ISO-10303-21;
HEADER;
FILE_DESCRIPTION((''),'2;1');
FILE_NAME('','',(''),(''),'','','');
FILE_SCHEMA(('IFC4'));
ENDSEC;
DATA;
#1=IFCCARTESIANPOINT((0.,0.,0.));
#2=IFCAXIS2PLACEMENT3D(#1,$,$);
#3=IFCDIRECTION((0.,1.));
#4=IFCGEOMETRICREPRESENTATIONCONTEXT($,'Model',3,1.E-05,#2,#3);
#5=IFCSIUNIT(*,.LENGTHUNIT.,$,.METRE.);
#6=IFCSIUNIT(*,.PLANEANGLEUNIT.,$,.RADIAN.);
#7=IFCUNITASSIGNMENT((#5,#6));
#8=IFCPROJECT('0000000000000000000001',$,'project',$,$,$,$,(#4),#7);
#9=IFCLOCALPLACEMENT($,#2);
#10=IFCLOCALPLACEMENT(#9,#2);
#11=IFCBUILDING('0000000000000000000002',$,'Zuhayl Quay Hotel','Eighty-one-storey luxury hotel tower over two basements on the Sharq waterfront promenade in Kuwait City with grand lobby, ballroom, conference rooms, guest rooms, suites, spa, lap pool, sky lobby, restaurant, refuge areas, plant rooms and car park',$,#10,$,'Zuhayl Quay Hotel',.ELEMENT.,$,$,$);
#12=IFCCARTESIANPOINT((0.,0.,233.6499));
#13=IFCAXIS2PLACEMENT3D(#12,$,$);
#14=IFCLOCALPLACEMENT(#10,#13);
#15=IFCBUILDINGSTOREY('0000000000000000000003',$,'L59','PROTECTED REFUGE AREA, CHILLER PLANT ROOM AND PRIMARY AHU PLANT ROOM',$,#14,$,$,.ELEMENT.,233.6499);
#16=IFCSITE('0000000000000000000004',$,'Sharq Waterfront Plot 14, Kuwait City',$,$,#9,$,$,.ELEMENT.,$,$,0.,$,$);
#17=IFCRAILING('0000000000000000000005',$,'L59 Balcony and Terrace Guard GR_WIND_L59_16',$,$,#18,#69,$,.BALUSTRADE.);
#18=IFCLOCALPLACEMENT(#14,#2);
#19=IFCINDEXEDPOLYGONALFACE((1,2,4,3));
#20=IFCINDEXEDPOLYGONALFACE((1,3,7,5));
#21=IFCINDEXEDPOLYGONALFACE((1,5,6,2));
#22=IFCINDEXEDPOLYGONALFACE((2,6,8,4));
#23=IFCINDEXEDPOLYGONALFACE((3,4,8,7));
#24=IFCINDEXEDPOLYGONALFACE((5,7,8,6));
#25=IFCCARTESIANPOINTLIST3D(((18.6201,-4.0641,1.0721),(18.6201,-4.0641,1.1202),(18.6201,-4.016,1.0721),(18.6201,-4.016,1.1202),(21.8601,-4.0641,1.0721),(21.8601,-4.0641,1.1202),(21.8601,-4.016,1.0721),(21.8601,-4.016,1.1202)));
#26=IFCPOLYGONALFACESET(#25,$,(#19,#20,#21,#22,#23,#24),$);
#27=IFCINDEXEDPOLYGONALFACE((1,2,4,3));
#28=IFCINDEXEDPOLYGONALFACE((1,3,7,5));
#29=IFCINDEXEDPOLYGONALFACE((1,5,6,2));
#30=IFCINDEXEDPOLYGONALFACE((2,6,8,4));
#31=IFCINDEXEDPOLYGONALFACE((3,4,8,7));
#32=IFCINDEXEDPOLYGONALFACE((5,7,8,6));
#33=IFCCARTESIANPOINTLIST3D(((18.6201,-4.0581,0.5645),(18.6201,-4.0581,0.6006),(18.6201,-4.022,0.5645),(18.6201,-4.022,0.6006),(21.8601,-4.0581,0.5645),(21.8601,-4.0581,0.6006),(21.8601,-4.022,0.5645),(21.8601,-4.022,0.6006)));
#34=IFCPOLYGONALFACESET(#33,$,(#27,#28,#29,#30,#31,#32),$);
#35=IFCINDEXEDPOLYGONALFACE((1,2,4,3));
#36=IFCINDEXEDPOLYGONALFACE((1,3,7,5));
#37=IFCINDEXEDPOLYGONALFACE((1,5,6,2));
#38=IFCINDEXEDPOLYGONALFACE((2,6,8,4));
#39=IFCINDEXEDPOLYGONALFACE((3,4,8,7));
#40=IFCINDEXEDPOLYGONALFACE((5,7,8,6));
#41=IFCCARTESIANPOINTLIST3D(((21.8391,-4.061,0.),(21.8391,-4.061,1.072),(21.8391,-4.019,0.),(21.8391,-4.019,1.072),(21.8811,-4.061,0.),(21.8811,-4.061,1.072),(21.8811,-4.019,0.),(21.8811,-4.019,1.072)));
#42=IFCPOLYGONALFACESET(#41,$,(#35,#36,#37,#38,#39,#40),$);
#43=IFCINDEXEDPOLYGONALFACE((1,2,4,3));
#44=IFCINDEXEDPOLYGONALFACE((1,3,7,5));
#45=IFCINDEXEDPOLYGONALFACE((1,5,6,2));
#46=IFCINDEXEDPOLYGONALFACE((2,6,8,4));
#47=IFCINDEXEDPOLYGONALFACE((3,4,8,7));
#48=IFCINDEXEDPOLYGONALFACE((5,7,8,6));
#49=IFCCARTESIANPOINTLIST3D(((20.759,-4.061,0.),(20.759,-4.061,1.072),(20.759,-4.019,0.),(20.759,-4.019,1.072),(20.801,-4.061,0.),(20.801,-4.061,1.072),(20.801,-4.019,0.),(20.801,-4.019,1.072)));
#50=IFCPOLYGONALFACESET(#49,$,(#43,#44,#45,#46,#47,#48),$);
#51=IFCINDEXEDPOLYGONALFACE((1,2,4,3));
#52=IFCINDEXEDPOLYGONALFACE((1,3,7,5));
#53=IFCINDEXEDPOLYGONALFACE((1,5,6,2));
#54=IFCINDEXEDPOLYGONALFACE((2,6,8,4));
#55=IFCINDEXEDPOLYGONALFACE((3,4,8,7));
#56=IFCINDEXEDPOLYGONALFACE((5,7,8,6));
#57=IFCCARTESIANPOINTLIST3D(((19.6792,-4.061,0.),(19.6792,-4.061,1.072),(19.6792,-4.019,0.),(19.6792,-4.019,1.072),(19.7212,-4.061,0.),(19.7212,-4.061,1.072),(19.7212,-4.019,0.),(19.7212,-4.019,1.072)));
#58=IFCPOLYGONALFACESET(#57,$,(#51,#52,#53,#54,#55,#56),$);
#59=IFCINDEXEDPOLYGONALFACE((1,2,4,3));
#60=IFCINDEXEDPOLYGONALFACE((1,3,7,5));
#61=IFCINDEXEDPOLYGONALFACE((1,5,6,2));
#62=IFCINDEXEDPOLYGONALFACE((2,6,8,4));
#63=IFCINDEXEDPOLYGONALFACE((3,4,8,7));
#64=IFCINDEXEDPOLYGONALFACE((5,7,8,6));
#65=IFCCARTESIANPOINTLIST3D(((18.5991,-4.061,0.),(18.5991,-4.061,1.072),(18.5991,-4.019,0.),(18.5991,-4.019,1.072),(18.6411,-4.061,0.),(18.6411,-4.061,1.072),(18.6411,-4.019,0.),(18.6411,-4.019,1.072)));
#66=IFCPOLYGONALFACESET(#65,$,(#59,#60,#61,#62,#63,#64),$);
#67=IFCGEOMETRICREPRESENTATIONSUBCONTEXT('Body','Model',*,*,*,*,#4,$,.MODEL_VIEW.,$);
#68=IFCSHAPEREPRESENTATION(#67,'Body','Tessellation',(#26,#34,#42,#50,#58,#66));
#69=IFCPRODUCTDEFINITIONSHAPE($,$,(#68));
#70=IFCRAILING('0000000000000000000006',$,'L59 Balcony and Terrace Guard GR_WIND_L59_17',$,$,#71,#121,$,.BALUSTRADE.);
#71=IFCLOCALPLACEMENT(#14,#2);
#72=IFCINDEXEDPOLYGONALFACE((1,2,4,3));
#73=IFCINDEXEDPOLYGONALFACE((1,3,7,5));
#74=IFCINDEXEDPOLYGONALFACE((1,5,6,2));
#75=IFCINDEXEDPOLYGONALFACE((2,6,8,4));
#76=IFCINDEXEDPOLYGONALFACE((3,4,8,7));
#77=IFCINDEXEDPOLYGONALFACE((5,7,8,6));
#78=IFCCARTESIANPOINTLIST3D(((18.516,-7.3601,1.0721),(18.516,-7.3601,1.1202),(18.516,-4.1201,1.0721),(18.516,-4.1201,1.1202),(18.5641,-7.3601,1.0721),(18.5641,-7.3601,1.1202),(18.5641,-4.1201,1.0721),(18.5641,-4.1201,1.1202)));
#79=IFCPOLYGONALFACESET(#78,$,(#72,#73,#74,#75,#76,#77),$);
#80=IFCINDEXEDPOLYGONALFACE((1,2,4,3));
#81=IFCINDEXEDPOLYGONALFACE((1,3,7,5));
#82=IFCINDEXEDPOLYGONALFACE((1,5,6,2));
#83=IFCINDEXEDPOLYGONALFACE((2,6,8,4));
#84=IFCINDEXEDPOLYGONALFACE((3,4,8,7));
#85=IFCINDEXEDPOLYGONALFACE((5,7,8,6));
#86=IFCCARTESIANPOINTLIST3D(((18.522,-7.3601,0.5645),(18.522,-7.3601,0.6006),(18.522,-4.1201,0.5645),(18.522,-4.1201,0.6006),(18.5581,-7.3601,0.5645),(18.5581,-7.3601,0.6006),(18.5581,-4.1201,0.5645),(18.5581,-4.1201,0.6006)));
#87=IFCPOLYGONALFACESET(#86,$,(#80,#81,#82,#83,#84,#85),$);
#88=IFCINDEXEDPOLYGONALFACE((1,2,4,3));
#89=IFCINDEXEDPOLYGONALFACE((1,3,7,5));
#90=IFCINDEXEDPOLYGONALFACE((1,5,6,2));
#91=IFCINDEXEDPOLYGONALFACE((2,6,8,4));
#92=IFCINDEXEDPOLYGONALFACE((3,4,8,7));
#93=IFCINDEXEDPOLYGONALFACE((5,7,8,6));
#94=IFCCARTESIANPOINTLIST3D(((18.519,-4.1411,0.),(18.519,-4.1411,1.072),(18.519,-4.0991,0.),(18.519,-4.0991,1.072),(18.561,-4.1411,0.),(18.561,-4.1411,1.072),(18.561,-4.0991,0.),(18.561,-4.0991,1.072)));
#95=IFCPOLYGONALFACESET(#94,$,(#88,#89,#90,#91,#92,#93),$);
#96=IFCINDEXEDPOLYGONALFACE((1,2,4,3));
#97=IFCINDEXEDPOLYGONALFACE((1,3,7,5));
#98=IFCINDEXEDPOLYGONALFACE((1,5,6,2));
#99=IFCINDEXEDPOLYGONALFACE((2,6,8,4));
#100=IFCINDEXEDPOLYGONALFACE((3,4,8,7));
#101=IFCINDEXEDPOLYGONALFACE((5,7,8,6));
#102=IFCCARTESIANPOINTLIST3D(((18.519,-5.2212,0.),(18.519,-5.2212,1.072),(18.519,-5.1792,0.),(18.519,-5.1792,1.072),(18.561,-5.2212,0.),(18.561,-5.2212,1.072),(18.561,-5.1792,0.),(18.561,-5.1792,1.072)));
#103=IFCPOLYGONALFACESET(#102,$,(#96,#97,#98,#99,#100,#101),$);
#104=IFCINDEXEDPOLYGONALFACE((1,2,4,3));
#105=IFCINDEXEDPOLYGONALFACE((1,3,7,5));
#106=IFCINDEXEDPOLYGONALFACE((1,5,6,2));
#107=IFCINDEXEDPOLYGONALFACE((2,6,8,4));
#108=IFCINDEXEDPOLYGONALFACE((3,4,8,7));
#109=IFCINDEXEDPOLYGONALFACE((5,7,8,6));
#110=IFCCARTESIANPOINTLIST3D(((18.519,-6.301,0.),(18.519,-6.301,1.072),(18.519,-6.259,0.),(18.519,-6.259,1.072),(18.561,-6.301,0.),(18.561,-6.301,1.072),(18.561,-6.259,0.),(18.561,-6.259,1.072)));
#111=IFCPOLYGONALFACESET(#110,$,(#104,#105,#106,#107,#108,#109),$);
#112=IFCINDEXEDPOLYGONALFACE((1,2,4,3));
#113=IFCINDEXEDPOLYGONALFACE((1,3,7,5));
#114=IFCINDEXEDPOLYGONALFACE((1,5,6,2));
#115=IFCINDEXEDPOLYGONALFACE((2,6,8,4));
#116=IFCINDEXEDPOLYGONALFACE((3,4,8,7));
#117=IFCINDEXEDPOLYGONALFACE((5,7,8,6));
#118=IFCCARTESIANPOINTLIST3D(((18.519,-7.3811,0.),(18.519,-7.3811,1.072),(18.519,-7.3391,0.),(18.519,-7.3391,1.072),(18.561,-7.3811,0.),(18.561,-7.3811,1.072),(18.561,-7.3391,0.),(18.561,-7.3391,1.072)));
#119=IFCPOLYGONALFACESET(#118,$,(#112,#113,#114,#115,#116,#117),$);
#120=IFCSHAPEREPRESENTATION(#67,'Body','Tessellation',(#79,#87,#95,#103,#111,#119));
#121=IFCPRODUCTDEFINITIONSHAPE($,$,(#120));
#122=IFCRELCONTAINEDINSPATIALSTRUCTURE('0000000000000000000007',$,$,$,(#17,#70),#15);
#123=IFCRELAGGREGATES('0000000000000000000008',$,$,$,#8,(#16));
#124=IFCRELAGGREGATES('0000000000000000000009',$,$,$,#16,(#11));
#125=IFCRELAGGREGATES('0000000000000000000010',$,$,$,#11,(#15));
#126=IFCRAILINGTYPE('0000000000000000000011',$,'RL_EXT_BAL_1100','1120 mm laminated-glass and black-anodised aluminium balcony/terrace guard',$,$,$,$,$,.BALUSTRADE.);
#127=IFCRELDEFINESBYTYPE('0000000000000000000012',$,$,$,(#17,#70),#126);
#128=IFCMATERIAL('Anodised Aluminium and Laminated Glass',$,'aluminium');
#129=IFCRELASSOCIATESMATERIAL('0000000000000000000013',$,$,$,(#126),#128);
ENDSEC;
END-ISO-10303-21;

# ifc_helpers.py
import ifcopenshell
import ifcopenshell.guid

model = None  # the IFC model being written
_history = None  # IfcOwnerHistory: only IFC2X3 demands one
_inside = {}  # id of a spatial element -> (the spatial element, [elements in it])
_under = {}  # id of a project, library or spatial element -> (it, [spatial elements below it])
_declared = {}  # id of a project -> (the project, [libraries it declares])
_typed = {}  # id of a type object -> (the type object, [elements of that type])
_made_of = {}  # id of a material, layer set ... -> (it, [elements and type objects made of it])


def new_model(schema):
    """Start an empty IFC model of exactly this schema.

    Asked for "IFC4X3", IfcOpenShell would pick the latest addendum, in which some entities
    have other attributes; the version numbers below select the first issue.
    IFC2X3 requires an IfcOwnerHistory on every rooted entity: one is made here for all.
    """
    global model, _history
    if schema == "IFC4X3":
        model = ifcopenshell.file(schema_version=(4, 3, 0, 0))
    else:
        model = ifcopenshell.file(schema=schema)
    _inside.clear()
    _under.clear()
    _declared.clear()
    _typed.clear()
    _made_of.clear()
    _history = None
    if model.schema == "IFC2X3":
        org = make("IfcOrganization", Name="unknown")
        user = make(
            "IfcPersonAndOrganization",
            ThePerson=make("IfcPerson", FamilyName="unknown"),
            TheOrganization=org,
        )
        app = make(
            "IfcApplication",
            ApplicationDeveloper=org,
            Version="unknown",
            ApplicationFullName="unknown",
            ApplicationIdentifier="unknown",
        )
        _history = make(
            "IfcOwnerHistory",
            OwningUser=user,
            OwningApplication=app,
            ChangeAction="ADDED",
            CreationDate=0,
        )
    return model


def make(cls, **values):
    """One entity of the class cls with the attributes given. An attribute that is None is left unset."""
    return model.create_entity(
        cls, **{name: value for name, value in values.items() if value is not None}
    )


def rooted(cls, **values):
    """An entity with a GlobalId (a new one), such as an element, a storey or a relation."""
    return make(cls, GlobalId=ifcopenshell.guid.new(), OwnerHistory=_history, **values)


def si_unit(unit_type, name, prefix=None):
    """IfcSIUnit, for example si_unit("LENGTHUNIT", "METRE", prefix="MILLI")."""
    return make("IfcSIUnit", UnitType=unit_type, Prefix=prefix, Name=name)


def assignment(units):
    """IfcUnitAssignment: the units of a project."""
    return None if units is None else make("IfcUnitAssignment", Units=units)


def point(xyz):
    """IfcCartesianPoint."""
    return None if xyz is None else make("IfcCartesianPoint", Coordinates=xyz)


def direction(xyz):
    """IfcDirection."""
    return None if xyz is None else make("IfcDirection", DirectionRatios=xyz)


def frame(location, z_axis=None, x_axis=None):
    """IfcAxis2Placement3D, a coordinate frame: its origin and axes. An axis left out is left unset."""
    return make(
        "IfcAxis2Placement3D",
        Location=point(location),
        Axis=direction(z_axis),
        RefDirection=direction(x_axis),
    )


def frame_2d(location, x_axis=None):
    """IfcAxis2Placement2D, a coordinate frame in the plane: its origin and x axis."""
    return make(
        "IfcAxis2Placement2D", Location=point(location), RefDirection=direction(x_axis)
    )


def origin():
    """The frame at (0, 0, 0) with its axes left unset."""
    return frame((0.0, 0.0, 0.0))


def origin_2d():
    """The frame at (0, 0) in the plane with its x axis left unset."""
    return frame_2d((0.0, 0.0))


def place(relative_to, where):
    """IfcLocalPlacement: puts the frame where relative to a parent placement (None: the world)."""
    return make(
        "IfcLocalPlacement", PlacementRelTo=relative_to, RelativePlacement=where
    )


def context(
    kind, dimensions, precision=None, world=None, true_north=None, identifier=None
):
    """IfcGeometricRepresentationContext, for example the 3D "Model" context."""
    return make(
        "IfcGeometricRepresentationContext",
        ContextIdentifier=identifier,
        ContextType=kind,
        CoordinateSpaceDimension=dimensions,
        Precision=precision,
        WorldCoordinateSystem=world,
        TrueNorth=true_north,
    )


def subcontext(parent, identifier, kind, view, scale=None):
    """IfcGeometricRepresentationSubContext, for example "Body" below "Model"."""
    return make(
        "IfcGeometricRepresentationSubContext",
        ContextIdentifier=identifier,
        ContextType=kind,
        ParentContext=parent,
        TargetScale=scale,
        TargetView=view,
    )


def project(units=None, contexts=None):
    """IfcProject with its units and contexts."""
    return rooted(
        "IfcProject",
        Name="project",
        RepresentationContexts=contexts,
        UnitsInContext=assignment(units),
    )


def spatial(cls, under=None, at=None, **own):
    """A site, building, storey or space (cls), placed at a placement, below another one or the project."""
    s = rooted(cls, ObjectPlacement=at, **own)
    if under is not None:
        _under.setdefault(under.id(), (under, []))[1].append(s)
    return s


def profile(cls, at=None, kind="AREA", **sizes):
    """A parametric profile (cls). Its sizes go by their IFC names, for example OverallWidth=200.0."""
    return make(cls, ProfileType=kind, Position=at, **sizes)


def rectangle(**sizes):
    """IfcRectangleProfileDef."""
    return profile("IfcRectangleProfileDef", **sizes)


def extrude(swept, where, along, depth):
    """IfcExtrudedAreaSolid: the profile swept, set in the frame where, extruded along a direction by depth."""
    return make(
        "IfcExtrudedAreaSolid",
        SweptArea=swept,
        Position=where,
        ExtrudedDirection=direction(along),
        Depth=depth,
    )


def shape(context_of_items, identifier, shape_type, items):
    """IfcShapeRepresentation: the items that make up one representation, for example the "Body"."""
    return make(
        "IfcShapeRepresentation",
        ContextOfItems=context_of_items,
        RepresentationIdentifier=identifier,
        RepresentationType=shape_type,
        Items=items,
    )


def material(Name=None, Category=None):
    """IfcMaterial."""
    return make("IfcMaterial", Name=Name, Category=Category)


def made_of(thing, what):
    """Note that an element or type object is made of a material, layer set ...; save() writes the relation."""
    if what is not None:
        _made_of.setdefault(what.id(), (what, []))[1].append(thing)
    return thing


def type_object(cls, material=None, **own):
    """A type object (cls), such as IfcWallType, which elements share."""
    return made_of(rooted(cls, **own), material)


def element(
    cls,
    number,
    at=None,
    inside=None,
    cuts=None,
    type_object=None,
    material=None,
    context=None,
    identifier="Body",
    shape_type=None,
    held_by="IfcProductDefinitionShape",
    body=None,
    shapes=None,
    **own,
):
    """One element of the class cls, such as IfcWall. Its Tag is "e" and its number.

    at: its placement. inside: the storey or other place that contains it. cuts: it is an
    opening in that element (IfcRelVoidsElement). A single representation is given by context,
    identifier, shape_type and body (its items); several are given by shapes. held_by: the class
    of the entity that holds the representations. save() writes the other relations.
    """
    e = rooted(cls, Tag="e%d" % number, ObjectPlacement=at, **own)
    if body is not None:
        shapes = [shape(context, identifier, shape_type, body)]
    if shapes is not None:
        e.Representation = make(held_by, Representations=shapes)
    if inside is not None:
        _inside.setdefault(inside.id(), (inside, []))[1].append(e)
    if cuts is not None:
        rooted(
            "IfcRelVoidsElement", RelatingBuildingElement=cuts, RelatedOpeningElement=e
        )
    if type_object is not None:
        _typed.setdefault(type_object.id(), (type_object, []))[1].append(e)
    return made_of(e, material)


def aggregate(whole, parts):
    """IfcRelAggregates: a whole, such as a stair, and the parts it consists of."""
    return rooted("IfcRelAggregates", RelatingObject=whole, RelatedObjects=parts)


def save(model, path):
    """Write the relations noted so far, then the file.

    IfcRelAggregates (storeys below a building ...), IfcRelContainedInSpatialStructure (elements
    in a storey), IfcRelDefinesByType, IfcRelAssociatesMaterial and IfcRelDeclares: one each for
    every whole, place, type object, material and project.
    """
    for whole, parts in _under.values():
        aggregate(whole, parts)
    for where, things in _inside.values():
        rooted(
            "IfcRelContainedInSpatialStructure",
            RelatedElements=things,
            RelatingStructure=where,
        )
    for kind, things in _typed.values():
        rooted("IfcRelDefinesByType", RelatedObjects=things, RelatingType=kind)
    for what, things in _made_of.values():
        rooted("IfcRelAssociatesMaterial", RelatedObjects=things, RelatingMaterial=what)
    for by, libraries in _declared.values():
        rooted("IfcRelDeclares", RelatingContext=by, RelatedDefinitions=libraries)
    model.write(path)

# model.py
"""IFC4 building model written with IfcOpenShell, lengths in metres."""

from ifc_helpers import new_model, si_unit, direction, frame, origin, origin_2d, place, context, subcontext, project, spatial, rectangle, extrude, material, type_object, element, save


model = new_model("IFC4")

# Units and contexts
model_context = context("Model", 3, precision=1e-05, world=origin(), true_north=direction((0.0, 1.0)))
body_context = subcontext(model_context, "Body", "Model", "MODEL_VIEW")
ifc_project = project(units=[si_unit("LENGTHUNIT", "METRE"), si_unit("PLANEANGLEUNIT", "RADIAN")], contexts=[model_context])

# Site, building, storey
site_placement = place(None, origin())
site = spatial("IfcSite", under=ifc_project, at=site_placement, Name="Sharq Waterfront Plot 14, Kuwait City", CompositionType="ELEMENT", RefElevation=0.0)
building_placement = place(site_placement, origin())
building = spatial("IfcBuilding", under=site, at=building_placement, Name="Zuhayl Quay Hotel", Description="Eighty-one-storey luxury hotel tower over two basements on the Sharq waterfront promenade in Kuwait City with grand lobby, ballroom, conference rooms, guest rooms, suites, spa, lap pool, sky lobby, restaurant, refuge areas, plant rooms and car park", LongName="Zuhayl Quay Hotel", CompositionType="ELEMENT")
storey_placement = place(building_placement, frame((0.0, 0.0, 233.6499)))
storey = spatial("IfcBuildingStorey", under=building, at=storey_placement, Name="L59", Description="PROTECTED REFUGE AREA, CHILLER PLANT ROOM AND PRIMARY AHU PLANT ROOM", CompositionType="ELEMENT", Elevation=233.6499)

# Railings
ifc_material_1 = material(Name="Anodised Aluminium and Laminated Glass", Category="aluminium")
railing_type = type_object("IfcRailingType", Name="RL_EXT_BAL_1100", Description="1120 mm laminated-glass and black-anodised aluminium balcony/terrace guard", PredefinedType="BALUSTRADE", material=ifc_material_1)
railing_1_placement = place(storey_placement, frame((21.8601, -4.04, 0.0)))
element("IfcRailing", 1, at=railing_1_placement, inside=storey, type_object=railing_type, Name="L59 Balcony and Terrace Guard GR_WIND_L59_16", PredefinedType="BALUSTRADE", context=body_context, shape_type="SweptSolid", body=[
    extrude(rectangle(XDim=0.0481, YDim=0.0481, at=origin_2d()), frame((0.0, 0.0, 1.0962), z_axis=(-1.0, 0.0, 0.0), x_axis=(0.0, -1.0, 0.0)), (0.0, 0.0, 1.0), 3.24),
    extrude(rectangle(XDim=0.0361, YDim=0.0361, at=origin_2d()), frame((0.0, 0.0, 0.5825), z_axis=(-1.0, 0.0, 0.0), x_axis=(0.0, -1.0, 0.0)), (0.0, 0.0, 1.0), 3.24),
    extrude(rectangle(XDim=0.042, YDim=0.042, at=origin_2d()), origin(), (0.0, 0.0, 1.0), 1.072),
    extrude(rectangle(XDim=0.042, YDim=0.042, at=origin_2d()), frame((-1.0801, 0.0, 0.0)), (0.0, 0.0, 1.0), 1.072),
    extrude(rectangle(XDim=0.042, YDim=0.042, at=origin_2d()), frame((-2.1599, 0.0, 0.0)), (0.0, 0.0, 1.0), 1.072),
    extrude(rectangle(XDim=0.042, YDim=0.042, at=origin_2d()), frame((-3.24, 0.0, 0.0)), (0.0, 0.0, 1.0), 1.072),
])
railing_2_placement = place(storey_placement, frame((18.54, -4.1201, 0.0)))
element("IfcRailing", 2, at=railing_2_placement, inside=storey, type_object=railing_type, Name="L59 Balcony and Terrace Guard GR_WIND_L59_17", PredefinedType="BALUSTRADE", context=body_context, shape_type="SweptSolid", body=[
    extrude(rectangle(XDim=0.0481, YDim=0.0481, at=origin_2d()), frame((0.0, 0.0, 1.0962), z_axis=(0.0, -1.0, 0.0), x_axis=(1.0, 0.0, 0.0)), (0.0, 0.0, 1.0), 3.24),
    extrude(rectangle(XDim=0.0361, YDim=0.0361, at=origin_2d()), frame((0.0, 0.0, 0.5825), z_axis=(0.0, -1.0, 0.0), x_axis=(1.0, 0.0, 0.0)), (0.0, 0.0, 1.0), 3.24),
    extrude(rectangle(XDim=0.042, YDim=0.042, at=origin_2d()), origin(), (0.0, 0.0, 1.0), 1.072),
    extrude(rectangle(XDim=0.042, YDim=0.042, at=origin_2d()), frame((0.0, -1.0801, 0.0)), (0.0, 0.0, 1.0), 1.072),
    extrude(rectangle(XDim=0.042, YDim=0.042, at=origin_2d()), frame((0.0, -2.1599, 0.0)), (0.0, 0.0, 1.0), 1.072),
    extrude(rectangle(XDim=0.042, YDim=0.042, at=origin_2d()), frame((0.0, -3.24, 0.0)), (0.0, 0.0, 1.0), 1.072),
])

save(model, "model.ifc")
